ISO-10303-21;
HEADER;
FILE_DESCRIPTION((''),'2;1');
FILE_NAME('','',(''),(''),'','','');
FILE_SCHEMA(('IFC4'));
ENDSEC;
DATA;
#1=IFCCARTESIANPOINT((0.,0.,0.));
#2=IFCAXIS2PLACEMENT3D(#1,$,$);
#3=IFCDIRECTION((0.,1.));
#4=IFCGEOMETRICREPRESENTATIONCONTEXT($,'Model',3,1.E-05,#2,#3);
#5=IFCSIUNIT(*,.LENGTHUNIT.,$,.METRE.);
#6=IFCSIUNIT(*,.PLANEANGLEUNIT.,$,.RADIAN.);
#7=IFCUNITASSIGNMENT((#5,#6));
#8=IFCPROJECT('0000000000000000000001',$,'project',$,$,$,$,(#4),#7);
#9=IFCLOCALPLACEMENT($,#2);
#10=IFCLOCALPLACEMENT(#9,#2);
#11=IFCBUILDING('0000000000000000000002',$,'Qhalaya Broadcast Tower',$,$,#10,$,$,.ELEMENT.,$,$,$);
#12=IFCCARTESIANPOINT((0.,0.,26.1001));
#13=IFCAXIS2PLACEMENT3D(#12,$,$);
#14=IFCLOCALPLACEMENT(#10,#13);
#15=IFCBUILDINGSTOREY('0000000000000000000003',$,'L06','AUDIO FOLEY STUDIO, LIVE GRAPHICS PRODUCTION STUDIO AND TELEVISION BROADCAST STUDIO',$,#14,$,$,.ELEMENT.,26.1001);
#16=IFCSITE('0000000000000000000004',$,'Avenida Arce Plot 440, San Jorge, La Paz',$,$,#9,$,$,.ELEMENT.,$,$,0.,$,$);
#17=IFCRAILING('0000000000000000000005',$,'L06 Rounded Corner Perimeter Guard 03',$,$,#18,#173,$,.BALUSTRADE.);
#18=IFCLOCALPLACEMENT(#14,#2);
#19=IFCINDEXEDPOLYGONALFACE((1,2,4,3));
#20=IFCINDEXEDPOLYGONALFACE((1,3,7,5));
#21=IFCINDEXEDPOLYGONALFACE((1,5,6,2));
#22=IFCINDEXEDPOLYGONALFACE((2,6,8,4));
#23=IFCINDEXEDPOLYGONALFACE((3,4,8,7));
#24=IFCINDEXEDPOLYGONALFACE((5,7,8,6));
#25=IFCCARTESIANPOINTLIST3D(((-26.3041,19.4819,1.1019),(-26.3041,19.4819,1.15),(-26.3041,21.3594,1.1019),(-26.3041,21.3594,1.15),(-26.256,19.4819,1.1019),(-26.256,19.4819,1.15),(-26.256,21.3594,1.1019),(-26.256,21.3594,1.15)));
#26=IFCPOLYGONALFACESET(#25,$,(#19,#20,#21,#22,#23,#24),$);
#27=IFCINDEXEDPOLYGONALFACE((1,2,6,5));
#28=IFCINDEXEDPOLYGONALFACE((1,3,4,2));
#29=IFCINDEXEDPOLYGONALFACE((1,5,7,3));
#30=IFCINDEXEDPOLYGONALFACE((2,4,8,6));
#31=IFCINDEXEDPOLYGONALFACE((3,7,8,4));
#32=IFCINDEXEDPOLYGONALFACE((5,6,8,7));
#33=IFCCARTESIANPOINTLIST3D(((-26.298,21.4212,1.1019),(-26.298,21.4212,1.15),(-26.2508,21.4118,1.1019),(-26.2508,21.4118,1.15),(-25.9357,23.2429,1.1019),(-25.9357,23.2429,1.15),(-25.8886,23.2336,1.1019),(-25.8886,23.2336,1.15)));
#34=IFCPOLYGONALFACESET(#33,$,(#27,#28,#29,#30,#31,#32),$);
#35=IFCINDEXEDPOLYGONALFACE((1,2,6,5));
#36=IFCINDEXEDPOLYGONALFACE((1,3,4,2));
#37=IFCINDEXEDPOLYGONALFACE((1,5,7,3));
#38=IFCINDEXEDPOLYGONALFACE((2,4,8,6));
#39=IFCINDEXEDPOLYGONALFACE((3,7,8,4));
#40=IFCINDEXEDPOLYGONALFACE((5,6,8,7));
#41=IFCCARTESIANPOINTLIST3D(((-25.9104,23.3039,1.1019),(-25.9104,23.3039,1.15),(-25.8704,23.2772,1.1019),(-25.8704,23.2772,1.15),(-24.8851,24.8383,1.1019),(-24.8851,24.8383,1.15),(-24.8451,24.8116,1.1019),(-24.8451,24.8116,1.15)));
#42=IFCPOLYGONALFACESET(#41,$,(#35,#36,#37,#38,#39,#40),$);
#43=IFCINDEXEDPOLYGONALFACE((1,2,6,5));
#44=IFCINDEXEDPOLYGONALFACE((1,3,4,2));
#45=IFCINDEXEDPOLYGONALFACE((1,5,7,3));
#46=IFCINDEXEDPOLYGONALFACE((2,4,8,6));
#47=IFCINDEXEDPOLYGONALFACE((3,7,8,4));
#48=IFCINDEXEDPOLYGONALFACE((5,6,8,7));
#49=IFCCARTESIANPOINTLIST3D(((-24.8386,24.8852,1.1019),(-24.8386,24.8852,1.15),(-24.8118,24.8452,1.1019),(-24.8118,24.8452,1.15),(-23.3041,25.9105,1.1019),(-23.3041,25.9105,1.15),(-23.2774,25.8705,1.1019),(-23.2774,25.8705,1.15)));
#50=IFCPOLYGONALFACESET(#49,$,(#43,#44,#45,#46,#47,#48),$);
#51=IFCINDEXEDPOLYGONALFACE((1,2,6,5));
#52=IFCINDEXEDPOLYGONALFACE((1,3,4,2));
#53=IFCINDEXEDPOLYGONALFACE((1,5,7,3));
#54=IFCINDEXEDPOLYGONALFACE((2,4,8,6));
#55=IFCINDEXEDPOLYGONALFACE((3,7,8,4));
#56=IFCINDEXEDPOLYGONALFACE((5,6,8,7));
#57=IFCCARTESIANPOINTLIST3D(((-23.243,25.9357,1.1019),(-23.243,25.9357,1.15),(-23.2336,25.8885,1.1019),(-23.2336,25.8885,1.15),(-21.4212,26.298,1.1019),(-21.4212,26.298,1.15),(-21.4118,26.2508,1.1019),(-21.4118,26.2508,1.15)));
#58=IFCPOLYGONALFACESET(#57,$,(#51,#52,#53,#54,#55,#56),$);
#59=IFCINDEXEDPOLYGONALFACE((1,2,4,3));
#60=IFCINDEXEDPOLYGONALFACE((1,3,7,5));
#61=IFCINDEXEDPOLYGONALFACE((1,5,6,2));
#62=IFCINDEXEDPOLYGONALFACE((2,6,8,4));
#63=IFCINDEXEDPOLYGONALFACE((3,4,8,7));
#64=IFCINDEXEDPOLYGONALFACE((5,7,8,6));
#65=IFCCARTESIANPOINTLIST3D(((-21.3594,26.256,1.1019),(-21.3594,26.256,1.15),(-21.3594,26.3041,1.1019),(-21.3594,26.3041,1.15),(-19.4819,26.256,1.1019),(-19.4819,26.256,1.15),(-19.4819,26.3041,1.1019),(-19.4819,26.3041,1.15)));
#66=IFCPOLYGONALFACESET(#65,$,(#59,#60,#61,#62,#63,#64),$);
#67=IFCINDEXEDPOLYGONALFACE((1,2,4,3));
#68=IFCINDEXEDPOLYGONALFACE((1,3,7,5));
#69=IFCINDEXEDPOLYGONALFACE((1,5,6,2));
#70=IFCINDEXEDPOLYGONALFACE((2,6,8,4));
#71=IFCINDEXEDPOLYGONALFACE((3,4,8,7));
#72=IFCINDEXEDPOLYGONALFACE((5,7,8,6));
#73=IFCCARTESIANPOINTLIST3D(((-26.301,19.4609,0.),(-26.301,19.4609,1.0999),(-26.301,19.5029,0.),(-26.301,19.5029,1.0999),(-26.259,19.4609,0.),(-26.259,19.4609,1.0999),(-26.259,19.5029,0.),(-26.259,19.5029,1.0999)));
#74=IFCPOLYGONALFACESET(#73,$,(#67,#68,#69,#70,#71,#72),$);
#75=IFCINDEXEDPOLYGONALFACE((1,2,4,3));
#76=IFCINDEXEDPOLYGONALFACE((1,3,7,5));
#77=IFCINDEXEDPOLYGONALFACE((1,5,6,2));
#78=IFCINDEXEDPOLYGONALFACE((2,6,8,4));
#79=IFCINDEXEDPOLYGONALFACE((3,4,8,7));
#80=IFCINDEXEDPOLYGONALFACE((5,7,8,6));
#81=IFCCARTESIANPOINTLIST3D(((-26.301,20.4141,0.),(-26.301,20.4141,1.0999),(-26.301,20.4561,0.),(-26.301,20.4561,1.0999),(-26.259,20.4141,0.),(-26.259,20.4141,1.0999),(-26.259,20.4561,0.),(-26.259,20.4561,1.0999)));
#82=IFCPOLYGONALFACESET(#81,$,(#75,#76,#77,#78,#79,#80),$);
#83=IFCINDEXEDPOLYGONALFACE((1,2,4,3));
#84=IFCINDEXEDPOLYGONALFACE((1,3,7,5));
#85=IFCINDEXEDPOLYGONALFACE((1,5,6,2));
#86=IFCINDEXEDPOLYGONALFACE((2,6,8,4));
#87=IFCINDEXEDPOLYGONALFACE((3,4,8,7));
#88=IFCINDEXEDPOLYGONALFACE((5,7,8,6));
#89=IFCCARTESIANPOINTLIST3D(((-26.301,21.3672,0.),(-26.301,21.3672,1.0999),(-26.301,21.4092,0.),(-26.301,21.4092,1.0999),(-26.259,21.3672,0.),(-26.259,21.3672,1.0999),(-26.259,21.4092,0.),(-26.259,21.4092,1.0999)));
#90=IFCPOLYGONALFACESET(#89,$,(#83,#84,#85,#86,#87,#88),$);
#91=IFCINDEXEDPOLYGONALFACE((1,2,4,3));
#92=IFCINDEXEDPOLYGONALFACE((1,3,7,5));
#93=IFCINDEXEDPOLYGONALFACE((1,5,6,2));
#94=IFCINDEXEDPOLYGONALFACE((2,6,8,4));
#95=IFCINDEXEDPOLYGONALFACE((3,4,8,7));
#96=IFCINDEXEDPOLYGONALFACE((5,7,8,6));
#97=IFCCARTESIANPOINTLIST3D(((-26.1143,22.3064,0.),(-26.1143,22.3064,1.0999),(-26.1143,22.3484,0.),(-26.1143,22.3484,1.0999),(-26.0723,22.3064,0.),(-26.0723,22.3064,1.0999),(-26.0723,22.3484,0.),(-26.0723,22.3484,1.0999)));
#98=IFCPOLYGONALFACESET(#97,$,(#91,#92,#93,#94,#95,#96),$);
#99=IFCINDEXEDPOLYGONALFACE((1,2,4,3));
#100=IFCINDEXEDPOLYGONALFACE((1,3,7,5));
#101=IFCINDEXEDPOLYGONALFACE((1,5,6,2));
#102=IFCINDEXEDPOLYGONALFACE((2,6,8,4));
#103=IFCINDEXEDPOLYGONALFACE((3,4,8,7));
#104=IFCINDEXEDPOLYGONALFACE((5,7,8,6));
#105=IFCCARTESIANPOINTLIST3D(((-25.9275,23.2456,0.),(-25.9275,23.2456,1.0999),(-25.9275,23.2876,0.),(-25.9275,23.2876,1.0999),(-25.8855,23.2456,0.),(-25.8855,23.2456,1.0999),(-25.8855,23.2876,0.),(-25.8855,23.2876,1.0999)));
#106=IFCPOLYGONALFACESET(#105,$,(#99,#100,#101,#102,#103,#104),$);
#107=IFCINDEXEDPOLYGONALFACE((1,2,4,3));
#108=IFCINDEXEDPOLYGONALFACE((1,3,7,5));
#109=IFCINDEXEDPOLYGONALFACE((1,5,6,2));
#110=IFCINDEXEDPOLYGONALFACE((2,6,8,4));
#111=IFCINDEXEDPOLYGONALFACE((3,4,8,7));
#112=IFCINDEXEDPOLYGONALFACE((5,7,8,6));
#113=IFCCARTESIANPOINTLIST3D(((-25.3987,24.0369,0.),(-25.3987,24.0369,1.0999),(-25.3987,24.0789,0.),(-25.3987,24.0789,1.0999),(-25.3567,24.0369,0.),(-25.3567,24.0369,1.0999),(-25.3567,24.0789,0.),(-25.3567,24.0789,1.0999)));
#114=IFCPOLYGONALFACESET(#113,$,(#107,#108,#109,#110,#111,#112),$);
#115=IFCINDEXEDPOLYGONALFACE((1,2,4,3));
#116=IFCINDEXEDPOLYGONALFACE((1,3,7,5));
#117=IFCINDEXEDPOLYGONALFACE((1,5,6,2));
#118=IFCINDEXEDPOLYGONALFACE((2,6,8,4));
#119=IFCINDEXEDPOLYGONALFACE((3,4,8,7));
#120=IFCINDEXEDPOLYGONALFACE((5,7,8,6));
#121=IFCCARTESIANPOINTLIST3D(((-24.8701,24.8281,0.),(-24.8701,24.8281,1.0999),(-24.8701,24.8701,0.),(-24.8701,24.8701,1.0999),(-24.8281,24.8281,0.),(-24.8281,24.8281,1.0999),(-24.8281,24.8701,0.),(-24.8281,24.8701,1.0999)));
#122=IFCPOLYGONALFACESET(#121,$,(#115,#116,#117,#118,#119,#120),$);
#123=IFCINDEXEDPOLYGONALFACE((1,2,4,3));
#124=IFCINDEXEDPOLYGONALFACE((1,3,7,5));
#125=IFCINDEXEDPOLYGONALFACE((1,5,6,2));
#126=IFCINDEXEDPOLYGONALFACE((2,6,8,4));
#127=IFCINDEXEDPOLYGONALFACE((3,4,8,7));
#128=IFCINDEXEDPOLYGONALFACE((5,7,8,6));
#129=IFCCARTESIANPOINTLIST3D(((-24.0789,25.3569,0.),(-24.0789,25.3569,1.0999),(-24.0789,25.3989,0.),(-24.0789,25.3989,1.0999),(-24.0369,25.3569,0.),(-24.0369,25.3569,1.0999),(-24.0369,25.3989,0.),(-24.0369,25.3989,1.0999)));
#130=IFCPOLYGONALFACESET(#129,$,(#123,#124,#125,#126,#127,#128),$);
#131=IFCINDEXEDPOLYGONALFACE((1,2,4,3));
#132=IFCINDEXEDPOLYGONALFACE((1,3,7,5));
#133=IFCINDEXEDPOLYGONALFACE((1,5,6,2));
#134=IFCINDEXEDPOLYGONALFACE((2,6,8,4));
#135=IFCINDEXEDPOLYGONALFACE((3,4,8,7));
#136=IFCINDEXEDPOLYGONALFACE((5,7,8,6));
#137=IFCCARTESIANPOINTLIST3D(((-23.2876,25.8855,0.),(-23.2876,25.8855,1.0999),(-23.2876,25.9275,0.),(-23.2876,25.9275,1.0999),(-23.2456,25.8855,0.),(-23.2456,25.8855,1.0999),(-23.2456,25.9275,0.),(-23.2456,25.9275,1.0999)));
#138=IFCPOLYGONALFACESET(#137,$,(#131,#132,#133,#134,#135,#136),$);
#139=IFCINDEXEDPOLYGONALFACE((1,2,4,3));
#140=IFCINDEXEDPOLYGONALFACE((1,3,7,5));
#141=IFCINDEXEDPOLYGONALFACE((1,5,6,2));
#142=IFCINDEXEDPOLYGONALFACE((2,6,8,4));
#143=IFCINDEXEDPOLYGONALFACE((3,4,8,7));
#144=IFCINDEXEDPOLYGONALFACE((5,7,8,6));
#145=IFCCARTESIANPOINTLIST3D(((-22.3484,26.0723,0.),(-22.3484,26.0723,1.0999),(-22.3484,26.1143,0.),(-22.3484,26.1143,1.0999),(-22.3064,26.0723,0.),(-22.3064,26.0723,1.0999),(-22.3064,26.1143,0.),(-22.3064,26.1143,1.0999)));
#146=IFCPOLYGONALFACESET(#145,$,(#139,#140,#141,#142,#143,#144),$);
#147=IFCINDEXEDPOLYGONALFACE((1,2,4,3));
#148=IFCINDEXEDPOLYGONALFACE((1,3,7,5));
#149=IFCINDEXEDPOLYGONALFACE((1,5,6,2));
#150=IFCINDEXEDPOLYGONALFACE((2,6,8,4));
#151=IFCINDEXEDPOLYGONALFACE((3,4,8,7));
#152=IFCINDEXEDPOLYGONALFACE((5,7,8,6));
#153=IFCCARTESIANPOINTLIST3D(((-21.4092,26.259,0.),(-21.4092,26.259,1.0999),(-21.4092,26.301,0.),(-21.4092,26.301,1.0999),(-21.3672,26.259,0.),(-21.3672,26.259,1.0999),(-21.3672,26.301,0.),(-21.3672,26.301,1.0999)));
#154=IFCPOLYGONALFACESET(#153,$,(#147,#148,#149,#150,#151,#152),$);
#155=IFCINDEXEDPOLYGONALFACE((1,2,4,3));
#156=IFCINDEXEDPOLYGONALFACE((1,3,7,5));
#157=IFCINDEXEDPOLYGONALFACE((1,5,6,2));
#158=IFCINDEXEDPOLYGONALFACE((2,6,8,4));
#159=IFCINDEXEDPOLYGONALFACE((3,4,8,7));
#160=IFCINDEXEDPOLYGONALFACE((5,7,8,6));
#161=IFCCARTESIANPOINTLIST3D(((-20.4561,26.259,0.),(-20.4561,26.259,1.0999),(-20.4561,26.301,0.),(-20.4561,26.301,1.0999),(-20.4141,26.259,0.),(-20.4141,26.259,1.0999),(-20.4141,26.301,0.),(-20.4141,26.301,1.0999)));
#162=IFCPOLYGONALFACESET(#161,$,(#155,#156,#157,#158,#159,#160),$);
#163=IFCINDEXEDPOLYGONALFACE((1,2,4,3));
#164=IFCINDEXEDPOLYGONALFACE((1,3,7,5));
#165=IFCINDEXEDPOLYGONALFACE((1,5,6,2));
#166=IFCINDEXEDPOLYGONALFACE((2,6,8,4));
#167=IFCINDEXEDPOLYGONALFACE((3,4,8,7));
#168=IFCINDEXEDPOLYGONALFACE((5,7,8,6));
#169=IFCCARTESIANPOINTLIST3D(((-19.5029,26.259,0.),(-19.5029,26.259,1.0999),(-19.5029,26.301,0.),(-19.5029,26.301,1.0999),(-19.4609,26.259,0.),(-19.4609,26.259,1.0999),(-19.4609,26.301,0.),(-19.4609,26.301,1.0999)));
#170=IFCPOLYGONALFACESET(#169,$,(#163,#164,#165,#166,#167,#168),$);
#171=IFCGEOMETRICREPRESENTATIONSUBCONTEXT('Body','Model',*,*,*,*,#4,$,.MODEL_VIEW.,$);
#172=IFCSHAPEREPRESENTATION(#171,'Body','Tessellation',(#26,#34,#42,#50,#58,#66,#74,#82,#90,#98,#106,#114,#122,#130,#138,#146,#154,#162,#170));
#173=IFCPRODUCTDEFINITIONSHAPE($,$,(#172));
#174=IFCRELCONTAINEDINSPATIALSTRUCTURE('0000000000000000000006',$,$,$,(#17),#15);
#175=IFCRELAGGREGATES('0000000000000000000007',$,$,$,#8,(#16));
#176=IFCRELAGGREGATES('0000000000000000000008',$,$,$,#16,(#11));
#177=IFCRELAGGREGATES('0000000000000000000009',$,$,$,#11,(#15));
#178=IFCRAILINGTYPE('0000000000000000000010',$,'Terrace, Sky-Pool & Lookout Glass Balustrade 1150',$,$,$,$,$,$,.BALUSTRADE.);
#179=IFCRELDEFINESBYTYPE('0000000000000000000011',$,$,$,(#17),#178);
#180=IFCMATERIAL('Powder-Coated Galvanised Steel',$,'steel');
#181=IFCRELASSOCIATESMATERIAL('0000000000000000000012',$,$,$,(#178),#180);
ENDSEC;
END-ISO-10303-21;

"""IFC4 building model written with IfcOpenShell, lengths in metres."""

from ifc_helpers import new_model, si_unit, direction, frame, origin, origin_2d, place, context, subcontext, project, spatial, rectangle, extrude, material, type_object, element, save


model = new_model("IFC4")

# Units and contexts
model_context = context("Model", 3, precision=1e-05, world=origin(), true_north=direction((0.0, 1.0)))
body_context = subcontext(model_context, "Body", "Model", "MODEL_VIEW")
ifc_project = project(units=[si_unit("LENGTHUNIT", "METRE"), si_unit("PLANEANGLEUNIT", "RADIAN")], contexts=[model_context])

# Site, building, storey
site_placement = place(None, origin())
site = spatial("IfcSite", under=ifc_project, at=site_placement, Name="Avenida Arce Plot 440, San Jorge, La Paz", CompositionType="ELEMENT", RefElevation=0.0)
building_placement = place(site_placement, origin())
building = spatial("IfcBuilding", under=site, at=building_placement, Name="Qhalaya Broadcast Tower", CompositionType="ELEMENT")
storey_placement = place(building_placement, frame((0.0, 0.0, 26.1001)))
storey = spatial("IfcBuildingStorey", under=building, at=storey_placement, Name="L06", Description="AUDIO FOLEY STUDIO, LIVE GRAPHICS PRODUCTION STUDIO AND TELEVISION BROADCAST STUDIO", CompositionType="ELEMENT", Elevation=26.1001)

# Railing
ifc_material_1 = material(Name="Powder-Coated Galvanised Steel", Category="steel")
railing_type = type_object("IfcRailingType", Name="Terrace, Sky-Pool & Lookout Glass Balustrade 1150", PredefinedType="BALUSTRADE", material=ifc_material_1)
railing_1_placement = place(storey_placement, frame((-26.28, 19.4819, 0.0)))
element("IfcRailing", 1, at=railing_1_placement, inside=storey, type_object=railing_type, Name="L06 Rounded Corner Perimeter Guard 03", PredefinedType="BALUSTRADE", context=body_context, shape_type="SweptSolid", body=[
    extrude(rectangle(XDim=0.0481, YDim=0.0481, at=origin_2d()), frame((0.0, 0.0, 1.126), z_axis=(0.0, 1.0, 0.0), x_axis=(-1.0, 0.0, 0.0)), (0.0, 0.0, 1.0), 1.8774),
    extrude(rectangle(XDim=0.0481, YDim=0.0481, at=origin_2d()), frame((0.0056, 1.9346, 1.126), z_axis=(0.195037, 0.980796, 0.0), x_axis=(-0.980796, 0.195037, 0.0)), (0.0, 0.0, 1.0), 1.8574),
    extrude(rectangle(XDim=0.0481, YDim=0.0481, at=origin_2d()), frame((0.3896, 3.8086, 1.126), z_axis=(0.555558, 0.831478, 0.0), x_axis=(-0.831478, 0.555558, 0.0)), (0.0, 0.0, 1.0), 1.8455),
    extrude(rectangle(XDim=0.0481, YDim=0.0481, at=origin_2d()), frame((1.4548, 5.3833, 1.126), z_axis=(0.831478, 0.555558, 0.0), x_axis=(-0.555558, 0.831478, 0.0)), (0.0, 0.0, 1.0), 1.8455),
    extrude(rectangle(XDim=0.0481, YDim=0.0481, at=origin_2d()), frame((3.0417, 6.4302, 1.126), z_axis=(0.980796, 0.195037, 0.0), x_axis=(-0.195037, 0.980796, 0.0)), (0.0, 0.0, 1.0), 1.8574),
    extrude(rectangle(XDim=0.0481, YDim=0.0481, at=origin_2d()), frame((4.9207, 6.7981, 1.126), z_axis=(1.0, 0.0, 0.0), x_axis=(0.0, 1.0, 0.0)), (0.0, 0.0, 1.0), 1.8774),
    extrude(rectangle(XDim=0.042, YDim=0.042, at=origin_2d()), origin(), (0.0, 0.0, 1.0), 1.0999),
    extrude(rectangle(XDim=0.042, YDim=0.042, at=origin_2d()), frame((0.0, 0.9531, 0.0)), (0.0, 0.0, 1.0), 1.0999),
    extrude(rectangle(XDim=0.042, YDim=0.042, at=origin_2d()), frame((0.0, 1.9062, 0.0)), (0.0, 0.0, 1.0), 1.0999),
    extrude(rectangle(XDim=0.042, YDim=0.042, at=origin_2d()), frame((0.1868, 2.8455, 0.0)), (0.0, 0.0, 1.0), 1.0999),
    extrude(rectangle(XDim=0.042, YDim=0.042, at=origin_2d()), frame((0.3735, 3.7847, 0.0)), (0.0, 0.0, 1.0), 1.0999),
    extrude(rectangle(XDim=0.042, YDim=0.042, at=origin_2d()), frame((0.9023, 4.5759, 0.0)), (0.0, 0.0, 1.0), 1.0999),
    extrude(rectangle(XDim=0.042, YDim=0.042, at=origin_2d()), frame((1.4309, 5.3672, 0.0)), (0.0, 0.0, 1.0), 1.0999),
    extrude(rectangle(XDim=0.042, YDim=0.042, at=origin_2d()), frame((2.2222, 5.896, 0.0)), (0.0, 0.0, 1.0), 1.0999),
    extrude(rectangle(XDim=0.042, YDim=0.042, at=origin_2d()), frame((3.0134, 6.4246, 0.0)), (0.0, 0.0, 1.0), 1.0999),
    extrude(rectangle(XDim=0.042, YDim=0.042, at=origin_2d()), frame((3.9526, 6.6113, 0.0)), (0.0, 0.0, 1.0), 1.0999),
    extrude(rectangle(XDim=0.042, YDim=0.042, at=origin_2d()), frame((4.8918, 6.7981, 0.0)), (0.0, 0.0, 1.0), 1.0999),
    extrude(rectangle(XDim=0.042, YDim=0.042, at=origin_2d()), frame((5.845, 6.7981, 0.0)), (0.0, 0.0, 1.0), 1.0999),
    extrude(rectangle(XDim=0.042, YDim=0.042, at=origin_2d()), frame((6.7981, 6.7981, 0.0)), (0.0, 0.0, 1.0), 1.0999),
])

save(model, "model.ifc")
